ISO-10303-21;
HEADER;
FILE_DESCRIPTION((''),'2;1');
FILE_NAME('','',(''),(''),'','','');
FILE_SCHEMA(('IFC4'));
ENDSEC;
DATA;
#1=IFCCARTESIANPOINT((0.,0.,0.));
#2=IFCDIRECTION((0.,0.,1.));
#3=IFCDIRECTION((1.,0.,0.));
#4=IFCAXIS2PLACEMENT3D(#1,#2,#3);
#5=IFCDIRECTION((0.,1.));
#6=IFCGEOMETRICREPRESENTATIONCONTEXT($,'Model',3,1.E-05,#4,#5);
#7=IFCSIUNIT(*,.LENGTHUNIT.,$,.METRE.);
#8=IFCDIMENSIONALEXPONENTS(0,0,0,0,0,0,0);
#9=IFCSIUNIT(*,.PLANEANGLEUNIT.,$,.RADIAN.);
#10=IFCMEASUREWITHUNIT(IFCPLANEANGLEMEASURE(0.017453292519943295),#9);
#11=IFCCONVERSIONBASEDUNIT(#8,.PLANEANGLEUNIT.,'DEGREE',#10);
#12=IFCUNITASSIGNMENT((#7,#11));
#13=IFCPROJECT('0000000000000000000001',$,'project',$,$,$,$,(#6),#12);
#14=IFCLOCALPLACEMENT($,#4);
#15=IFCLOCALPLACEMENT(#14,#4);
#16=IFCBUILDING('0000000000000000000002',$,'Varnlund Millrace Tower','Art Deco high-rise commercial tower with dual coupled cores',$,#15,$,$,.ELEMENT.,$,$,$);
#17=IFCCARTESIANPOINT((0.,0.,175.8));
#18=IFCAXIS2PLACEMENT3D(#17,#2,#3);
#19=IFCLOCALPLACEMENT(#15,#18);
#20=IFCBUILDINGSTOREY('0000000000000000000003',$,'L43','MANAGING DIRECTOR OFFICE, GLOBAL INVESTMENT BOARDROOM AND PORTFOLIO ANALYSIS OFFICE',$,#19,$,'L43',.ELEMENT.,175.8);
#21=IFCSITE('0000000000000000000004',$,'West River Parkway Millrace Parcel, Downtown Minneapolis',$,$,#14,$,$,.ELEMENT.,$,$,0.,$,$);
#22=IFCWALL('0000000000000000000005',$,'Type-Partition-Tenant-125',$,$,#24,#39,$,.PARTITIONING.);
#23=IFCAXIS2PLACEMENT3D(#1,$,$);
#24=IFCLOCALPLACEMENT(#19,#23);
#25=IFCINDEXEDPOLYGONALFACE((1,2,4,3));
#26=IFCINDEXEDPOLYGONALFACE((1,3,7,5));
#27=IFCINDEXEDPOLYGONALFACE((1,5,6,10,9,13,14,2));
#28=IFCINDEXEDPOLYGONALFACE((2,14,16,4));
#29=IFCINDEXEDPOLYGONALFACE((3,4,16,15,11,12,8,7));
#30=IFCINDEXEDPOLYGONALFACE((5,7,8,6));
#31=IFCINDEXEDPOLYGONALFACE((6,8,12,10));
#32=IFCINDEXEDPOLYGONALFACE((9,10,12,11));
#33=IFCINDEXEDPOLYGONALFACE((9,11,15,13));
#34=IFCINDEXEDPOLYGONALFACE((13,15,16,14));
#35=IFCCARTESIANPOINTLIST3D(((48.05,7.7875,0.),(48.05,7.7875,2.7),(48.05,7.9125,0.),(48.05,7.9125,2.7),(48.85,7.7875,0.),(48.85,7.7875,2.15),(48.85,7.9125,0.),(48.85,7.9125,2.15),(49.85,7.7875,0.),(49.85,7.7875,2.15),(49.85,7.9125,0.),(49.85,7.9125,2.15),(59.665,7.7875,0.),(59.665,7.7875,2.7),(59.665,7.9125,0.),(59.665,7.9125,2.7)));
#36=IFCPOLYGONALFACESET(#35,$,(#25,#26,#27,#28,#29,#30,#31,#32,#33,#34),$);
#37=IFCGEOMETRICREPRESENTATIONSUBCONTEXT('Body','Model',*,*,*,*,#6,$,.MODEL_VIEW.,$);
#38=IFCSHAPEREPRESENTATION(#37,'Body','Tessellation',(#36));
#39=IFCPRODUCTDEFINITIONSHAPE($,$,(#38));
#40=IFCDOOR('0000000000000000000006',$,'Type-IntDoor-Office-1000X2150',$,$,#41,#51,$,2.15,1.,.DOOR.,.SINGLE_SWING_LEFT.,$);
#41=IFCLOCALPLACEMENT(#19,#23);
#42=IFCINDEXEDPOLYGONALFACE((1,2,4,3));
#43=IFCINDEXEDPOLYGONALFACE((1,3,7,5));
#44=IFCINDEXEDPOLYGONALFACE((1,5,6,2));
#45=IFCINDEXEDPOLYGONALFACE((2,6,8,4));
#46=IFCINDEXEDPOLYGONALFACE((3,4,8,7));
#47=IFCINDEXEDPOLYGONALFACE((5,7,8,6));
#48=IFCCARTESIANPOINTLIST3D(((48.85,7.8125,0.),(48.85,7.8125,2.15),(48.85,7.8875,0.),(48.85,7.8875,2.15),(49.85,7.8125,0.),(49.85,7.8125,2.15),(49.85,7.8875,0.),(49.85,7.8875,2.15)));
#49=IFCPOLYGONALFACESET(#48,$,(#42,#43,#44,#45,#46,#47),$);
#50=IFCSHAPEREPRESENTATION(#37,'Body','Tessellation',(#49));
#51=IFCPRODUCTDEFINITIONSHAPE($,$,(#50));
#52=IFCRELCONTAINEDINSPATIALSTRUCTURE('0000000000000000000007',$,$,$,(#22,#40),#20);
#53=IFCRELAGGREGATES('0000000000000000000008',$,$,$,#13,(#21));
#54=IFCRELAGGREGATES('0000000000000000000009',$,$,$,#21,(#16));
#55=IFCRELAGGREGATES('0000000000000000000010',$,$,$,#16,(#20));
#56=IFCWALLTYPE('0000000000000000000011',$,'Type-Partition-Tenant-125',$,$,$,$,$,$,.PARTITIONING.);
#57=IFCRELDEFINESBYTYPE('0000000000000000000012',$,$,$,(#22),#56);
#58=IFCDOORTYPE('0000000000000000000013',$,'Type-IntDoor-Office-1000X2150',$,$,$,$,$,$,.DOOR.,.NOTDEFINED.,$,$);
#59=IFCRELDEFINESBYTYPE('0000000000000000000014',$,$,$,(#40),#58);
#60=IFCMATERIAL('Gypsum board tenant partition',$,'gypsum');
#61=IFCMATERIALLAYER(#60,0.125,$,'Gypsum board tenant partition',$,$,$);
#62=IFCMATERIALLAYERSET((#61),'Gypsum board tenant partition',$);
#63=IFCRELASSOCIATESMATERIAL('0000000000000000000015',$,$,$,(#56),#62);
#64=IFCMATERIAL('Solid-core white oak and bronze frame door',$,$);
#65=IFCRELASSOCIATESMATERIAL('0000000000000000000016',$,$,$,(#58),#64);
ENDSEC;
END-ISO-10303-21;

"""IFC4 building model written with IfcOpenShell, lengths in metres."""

from ifc_helpers import new_model, entity, si_unit, converted_unit, direction, frame, origin_with_axes, origin_2d_with_axis, place, context, subcontext, project, spatial, polyline, rectangle, outline, extrude, material, layer, layer_set, type_object, element, fill, save


model = new_model("IFC4")

# Units and contexts
model_context = context("Model", 3, precision=1e-05, world=origin_with_axes(), true_north=direction((0.0, 1.0)))
body_context = subcontext(model_context, "Body", "Model", "MODEL_VIEW")
ifc_project = project(units=[si_unit("LENGTHUNIT", "METRE"), converted_unit("PLANEANGLEUNIT", "DEGREE", entity("IfcPlaneAngleMeasure", 0.017453292519943295), si_unit("PLANEANGLEUNIT", "RADIAN"), dimensions=[0, 0, 0, 0, 0, 0, 0])], contexts=[model_context])

# Site, building, storey
site_placement = place(None, origin_with_axes())
site = spatial("IfcSite", under=ifc_project, at=site_placement, Name="West River Parkway Millrace Parcel, Downtown Minneapolis", CompositionType="ELEMENT", RefElevation=0.0)
building_placement = place(site_placement, origin_with_axes())
building = spatial("IfcBuilding", under=site, at=building_placement, Name="Varnlund Millrace Tower", Description="Art Deco high-rise commercial tower with dual coupled cores", CompositionType="ELEMENT")
storey_placement = place(building_placement, frame((0.0, 0.0, 175.8), z_axis=(0.0, 0.0, 1.0), x_axis=(1.0, 0.0, 0.0)))
storey = spatial("IfcBuildingStorey", under=building, at=storey_placement, Name="L43", Description="MANAGING DIRECTOR OFFICE, GLOBAL INVESTMENT BOARDROOM AND PORTFOLIO ANALYSIS OFFICE", LongName="L43", CompositionType="ELEMENT", Elevation=175.8)

# Wall, opening, door
ifc_material_1 = material(Name="Gypsum board tenant partition", Category="gypsum")
ifc_layer_1 = layer(ifc_material_1, 0.125, Name="Gypsum board tenant partition")
ifc_layer_set_1 = layer_set([ifc_layer_1], Name="Gypsum board tenant partition")
wall_type_1 = type_object("IfcWallType", Name="Type-Partition-Tenant-125", PredefinedType="PARTITIONING", material=ifc_layer_set_1)
wall_1_placement = place(storey_placement, frame((59.665, 7.85, 0.0), z_axis=(0.0, 0.0, 1.0), x_axis=(-1.0, 0.0, 0.0)))
wall_1 = element("IfcWall", 1, at=wall_1_placement, inside=storey, type_object=wall_type_1, Name="Type-Partition-Tenant-125", PredefinedType="PARTITIONING", context=body_context, shape_type="SweptSolid", body=[
    extrude(outline(polyline([(0.0, -0.0625), (11.615, -0.0625), (11.615, 0.0625), (0.0, 0.0625), (0.0, -0.0625)])), origin_with_axes(), (0.0, 0.0, 1.0), 2.7),
])
opening_1_placement = place(wall_1_placement, frame((10.315, 0.0, 0.0), z_axis=(0.0, 0.0, 1.0), x_axis=(1.0, 0.0, 0.0)))
opening_1 = element("IfcOpeningElement", 2, at=opening_1_placement, cuts=wall_1, PredefinedType="OPENING", context=body_context, shape_type="SweptSolid", body=[
    extrude(rectangle(XDim=1.0, YDim=0.145, at=origin_2d_with_axis()), origin_with_axes(), (0.0, 0.0, 1.0), 2.15),
])
ifc_material_2 = material(Name="Solid-core white oak and bronze frame door")
door_type = type_object("IfcDoorType", Name="Type-IntDoor-Office-1000X2150", OperationType="NOTDEFINED", PredefinedType="DOOR", material=ifc_material_2)
door_placement = place(wall_1_placement, frame((10.315, 0.0, 0.0), z_axis=(0.0, 0.0, 1.0), x_axis=(1.0, 0.0, 0.0)))
door = element("IfcDoor", 3, at=door_placement, inside=storey, type_object=door_type, Name="Type-IntDoor-Office-1000X2150", OperationType="SINGLE_SWING_LEFT", OverallHeight=2.15, OverallWidth=1.0, PredefinedType="DOOR", context=body_context, shape_type="SweptSolid", body=[
    extrude(rectangle(XDim=1.0, YDim=0.075, at=origin_2d_with_axis()), origin_with_axes(), (0.0, 0.0, 1.0), 2.15),
])
fill(opening_1, door)

save(model, "model.ifc")
